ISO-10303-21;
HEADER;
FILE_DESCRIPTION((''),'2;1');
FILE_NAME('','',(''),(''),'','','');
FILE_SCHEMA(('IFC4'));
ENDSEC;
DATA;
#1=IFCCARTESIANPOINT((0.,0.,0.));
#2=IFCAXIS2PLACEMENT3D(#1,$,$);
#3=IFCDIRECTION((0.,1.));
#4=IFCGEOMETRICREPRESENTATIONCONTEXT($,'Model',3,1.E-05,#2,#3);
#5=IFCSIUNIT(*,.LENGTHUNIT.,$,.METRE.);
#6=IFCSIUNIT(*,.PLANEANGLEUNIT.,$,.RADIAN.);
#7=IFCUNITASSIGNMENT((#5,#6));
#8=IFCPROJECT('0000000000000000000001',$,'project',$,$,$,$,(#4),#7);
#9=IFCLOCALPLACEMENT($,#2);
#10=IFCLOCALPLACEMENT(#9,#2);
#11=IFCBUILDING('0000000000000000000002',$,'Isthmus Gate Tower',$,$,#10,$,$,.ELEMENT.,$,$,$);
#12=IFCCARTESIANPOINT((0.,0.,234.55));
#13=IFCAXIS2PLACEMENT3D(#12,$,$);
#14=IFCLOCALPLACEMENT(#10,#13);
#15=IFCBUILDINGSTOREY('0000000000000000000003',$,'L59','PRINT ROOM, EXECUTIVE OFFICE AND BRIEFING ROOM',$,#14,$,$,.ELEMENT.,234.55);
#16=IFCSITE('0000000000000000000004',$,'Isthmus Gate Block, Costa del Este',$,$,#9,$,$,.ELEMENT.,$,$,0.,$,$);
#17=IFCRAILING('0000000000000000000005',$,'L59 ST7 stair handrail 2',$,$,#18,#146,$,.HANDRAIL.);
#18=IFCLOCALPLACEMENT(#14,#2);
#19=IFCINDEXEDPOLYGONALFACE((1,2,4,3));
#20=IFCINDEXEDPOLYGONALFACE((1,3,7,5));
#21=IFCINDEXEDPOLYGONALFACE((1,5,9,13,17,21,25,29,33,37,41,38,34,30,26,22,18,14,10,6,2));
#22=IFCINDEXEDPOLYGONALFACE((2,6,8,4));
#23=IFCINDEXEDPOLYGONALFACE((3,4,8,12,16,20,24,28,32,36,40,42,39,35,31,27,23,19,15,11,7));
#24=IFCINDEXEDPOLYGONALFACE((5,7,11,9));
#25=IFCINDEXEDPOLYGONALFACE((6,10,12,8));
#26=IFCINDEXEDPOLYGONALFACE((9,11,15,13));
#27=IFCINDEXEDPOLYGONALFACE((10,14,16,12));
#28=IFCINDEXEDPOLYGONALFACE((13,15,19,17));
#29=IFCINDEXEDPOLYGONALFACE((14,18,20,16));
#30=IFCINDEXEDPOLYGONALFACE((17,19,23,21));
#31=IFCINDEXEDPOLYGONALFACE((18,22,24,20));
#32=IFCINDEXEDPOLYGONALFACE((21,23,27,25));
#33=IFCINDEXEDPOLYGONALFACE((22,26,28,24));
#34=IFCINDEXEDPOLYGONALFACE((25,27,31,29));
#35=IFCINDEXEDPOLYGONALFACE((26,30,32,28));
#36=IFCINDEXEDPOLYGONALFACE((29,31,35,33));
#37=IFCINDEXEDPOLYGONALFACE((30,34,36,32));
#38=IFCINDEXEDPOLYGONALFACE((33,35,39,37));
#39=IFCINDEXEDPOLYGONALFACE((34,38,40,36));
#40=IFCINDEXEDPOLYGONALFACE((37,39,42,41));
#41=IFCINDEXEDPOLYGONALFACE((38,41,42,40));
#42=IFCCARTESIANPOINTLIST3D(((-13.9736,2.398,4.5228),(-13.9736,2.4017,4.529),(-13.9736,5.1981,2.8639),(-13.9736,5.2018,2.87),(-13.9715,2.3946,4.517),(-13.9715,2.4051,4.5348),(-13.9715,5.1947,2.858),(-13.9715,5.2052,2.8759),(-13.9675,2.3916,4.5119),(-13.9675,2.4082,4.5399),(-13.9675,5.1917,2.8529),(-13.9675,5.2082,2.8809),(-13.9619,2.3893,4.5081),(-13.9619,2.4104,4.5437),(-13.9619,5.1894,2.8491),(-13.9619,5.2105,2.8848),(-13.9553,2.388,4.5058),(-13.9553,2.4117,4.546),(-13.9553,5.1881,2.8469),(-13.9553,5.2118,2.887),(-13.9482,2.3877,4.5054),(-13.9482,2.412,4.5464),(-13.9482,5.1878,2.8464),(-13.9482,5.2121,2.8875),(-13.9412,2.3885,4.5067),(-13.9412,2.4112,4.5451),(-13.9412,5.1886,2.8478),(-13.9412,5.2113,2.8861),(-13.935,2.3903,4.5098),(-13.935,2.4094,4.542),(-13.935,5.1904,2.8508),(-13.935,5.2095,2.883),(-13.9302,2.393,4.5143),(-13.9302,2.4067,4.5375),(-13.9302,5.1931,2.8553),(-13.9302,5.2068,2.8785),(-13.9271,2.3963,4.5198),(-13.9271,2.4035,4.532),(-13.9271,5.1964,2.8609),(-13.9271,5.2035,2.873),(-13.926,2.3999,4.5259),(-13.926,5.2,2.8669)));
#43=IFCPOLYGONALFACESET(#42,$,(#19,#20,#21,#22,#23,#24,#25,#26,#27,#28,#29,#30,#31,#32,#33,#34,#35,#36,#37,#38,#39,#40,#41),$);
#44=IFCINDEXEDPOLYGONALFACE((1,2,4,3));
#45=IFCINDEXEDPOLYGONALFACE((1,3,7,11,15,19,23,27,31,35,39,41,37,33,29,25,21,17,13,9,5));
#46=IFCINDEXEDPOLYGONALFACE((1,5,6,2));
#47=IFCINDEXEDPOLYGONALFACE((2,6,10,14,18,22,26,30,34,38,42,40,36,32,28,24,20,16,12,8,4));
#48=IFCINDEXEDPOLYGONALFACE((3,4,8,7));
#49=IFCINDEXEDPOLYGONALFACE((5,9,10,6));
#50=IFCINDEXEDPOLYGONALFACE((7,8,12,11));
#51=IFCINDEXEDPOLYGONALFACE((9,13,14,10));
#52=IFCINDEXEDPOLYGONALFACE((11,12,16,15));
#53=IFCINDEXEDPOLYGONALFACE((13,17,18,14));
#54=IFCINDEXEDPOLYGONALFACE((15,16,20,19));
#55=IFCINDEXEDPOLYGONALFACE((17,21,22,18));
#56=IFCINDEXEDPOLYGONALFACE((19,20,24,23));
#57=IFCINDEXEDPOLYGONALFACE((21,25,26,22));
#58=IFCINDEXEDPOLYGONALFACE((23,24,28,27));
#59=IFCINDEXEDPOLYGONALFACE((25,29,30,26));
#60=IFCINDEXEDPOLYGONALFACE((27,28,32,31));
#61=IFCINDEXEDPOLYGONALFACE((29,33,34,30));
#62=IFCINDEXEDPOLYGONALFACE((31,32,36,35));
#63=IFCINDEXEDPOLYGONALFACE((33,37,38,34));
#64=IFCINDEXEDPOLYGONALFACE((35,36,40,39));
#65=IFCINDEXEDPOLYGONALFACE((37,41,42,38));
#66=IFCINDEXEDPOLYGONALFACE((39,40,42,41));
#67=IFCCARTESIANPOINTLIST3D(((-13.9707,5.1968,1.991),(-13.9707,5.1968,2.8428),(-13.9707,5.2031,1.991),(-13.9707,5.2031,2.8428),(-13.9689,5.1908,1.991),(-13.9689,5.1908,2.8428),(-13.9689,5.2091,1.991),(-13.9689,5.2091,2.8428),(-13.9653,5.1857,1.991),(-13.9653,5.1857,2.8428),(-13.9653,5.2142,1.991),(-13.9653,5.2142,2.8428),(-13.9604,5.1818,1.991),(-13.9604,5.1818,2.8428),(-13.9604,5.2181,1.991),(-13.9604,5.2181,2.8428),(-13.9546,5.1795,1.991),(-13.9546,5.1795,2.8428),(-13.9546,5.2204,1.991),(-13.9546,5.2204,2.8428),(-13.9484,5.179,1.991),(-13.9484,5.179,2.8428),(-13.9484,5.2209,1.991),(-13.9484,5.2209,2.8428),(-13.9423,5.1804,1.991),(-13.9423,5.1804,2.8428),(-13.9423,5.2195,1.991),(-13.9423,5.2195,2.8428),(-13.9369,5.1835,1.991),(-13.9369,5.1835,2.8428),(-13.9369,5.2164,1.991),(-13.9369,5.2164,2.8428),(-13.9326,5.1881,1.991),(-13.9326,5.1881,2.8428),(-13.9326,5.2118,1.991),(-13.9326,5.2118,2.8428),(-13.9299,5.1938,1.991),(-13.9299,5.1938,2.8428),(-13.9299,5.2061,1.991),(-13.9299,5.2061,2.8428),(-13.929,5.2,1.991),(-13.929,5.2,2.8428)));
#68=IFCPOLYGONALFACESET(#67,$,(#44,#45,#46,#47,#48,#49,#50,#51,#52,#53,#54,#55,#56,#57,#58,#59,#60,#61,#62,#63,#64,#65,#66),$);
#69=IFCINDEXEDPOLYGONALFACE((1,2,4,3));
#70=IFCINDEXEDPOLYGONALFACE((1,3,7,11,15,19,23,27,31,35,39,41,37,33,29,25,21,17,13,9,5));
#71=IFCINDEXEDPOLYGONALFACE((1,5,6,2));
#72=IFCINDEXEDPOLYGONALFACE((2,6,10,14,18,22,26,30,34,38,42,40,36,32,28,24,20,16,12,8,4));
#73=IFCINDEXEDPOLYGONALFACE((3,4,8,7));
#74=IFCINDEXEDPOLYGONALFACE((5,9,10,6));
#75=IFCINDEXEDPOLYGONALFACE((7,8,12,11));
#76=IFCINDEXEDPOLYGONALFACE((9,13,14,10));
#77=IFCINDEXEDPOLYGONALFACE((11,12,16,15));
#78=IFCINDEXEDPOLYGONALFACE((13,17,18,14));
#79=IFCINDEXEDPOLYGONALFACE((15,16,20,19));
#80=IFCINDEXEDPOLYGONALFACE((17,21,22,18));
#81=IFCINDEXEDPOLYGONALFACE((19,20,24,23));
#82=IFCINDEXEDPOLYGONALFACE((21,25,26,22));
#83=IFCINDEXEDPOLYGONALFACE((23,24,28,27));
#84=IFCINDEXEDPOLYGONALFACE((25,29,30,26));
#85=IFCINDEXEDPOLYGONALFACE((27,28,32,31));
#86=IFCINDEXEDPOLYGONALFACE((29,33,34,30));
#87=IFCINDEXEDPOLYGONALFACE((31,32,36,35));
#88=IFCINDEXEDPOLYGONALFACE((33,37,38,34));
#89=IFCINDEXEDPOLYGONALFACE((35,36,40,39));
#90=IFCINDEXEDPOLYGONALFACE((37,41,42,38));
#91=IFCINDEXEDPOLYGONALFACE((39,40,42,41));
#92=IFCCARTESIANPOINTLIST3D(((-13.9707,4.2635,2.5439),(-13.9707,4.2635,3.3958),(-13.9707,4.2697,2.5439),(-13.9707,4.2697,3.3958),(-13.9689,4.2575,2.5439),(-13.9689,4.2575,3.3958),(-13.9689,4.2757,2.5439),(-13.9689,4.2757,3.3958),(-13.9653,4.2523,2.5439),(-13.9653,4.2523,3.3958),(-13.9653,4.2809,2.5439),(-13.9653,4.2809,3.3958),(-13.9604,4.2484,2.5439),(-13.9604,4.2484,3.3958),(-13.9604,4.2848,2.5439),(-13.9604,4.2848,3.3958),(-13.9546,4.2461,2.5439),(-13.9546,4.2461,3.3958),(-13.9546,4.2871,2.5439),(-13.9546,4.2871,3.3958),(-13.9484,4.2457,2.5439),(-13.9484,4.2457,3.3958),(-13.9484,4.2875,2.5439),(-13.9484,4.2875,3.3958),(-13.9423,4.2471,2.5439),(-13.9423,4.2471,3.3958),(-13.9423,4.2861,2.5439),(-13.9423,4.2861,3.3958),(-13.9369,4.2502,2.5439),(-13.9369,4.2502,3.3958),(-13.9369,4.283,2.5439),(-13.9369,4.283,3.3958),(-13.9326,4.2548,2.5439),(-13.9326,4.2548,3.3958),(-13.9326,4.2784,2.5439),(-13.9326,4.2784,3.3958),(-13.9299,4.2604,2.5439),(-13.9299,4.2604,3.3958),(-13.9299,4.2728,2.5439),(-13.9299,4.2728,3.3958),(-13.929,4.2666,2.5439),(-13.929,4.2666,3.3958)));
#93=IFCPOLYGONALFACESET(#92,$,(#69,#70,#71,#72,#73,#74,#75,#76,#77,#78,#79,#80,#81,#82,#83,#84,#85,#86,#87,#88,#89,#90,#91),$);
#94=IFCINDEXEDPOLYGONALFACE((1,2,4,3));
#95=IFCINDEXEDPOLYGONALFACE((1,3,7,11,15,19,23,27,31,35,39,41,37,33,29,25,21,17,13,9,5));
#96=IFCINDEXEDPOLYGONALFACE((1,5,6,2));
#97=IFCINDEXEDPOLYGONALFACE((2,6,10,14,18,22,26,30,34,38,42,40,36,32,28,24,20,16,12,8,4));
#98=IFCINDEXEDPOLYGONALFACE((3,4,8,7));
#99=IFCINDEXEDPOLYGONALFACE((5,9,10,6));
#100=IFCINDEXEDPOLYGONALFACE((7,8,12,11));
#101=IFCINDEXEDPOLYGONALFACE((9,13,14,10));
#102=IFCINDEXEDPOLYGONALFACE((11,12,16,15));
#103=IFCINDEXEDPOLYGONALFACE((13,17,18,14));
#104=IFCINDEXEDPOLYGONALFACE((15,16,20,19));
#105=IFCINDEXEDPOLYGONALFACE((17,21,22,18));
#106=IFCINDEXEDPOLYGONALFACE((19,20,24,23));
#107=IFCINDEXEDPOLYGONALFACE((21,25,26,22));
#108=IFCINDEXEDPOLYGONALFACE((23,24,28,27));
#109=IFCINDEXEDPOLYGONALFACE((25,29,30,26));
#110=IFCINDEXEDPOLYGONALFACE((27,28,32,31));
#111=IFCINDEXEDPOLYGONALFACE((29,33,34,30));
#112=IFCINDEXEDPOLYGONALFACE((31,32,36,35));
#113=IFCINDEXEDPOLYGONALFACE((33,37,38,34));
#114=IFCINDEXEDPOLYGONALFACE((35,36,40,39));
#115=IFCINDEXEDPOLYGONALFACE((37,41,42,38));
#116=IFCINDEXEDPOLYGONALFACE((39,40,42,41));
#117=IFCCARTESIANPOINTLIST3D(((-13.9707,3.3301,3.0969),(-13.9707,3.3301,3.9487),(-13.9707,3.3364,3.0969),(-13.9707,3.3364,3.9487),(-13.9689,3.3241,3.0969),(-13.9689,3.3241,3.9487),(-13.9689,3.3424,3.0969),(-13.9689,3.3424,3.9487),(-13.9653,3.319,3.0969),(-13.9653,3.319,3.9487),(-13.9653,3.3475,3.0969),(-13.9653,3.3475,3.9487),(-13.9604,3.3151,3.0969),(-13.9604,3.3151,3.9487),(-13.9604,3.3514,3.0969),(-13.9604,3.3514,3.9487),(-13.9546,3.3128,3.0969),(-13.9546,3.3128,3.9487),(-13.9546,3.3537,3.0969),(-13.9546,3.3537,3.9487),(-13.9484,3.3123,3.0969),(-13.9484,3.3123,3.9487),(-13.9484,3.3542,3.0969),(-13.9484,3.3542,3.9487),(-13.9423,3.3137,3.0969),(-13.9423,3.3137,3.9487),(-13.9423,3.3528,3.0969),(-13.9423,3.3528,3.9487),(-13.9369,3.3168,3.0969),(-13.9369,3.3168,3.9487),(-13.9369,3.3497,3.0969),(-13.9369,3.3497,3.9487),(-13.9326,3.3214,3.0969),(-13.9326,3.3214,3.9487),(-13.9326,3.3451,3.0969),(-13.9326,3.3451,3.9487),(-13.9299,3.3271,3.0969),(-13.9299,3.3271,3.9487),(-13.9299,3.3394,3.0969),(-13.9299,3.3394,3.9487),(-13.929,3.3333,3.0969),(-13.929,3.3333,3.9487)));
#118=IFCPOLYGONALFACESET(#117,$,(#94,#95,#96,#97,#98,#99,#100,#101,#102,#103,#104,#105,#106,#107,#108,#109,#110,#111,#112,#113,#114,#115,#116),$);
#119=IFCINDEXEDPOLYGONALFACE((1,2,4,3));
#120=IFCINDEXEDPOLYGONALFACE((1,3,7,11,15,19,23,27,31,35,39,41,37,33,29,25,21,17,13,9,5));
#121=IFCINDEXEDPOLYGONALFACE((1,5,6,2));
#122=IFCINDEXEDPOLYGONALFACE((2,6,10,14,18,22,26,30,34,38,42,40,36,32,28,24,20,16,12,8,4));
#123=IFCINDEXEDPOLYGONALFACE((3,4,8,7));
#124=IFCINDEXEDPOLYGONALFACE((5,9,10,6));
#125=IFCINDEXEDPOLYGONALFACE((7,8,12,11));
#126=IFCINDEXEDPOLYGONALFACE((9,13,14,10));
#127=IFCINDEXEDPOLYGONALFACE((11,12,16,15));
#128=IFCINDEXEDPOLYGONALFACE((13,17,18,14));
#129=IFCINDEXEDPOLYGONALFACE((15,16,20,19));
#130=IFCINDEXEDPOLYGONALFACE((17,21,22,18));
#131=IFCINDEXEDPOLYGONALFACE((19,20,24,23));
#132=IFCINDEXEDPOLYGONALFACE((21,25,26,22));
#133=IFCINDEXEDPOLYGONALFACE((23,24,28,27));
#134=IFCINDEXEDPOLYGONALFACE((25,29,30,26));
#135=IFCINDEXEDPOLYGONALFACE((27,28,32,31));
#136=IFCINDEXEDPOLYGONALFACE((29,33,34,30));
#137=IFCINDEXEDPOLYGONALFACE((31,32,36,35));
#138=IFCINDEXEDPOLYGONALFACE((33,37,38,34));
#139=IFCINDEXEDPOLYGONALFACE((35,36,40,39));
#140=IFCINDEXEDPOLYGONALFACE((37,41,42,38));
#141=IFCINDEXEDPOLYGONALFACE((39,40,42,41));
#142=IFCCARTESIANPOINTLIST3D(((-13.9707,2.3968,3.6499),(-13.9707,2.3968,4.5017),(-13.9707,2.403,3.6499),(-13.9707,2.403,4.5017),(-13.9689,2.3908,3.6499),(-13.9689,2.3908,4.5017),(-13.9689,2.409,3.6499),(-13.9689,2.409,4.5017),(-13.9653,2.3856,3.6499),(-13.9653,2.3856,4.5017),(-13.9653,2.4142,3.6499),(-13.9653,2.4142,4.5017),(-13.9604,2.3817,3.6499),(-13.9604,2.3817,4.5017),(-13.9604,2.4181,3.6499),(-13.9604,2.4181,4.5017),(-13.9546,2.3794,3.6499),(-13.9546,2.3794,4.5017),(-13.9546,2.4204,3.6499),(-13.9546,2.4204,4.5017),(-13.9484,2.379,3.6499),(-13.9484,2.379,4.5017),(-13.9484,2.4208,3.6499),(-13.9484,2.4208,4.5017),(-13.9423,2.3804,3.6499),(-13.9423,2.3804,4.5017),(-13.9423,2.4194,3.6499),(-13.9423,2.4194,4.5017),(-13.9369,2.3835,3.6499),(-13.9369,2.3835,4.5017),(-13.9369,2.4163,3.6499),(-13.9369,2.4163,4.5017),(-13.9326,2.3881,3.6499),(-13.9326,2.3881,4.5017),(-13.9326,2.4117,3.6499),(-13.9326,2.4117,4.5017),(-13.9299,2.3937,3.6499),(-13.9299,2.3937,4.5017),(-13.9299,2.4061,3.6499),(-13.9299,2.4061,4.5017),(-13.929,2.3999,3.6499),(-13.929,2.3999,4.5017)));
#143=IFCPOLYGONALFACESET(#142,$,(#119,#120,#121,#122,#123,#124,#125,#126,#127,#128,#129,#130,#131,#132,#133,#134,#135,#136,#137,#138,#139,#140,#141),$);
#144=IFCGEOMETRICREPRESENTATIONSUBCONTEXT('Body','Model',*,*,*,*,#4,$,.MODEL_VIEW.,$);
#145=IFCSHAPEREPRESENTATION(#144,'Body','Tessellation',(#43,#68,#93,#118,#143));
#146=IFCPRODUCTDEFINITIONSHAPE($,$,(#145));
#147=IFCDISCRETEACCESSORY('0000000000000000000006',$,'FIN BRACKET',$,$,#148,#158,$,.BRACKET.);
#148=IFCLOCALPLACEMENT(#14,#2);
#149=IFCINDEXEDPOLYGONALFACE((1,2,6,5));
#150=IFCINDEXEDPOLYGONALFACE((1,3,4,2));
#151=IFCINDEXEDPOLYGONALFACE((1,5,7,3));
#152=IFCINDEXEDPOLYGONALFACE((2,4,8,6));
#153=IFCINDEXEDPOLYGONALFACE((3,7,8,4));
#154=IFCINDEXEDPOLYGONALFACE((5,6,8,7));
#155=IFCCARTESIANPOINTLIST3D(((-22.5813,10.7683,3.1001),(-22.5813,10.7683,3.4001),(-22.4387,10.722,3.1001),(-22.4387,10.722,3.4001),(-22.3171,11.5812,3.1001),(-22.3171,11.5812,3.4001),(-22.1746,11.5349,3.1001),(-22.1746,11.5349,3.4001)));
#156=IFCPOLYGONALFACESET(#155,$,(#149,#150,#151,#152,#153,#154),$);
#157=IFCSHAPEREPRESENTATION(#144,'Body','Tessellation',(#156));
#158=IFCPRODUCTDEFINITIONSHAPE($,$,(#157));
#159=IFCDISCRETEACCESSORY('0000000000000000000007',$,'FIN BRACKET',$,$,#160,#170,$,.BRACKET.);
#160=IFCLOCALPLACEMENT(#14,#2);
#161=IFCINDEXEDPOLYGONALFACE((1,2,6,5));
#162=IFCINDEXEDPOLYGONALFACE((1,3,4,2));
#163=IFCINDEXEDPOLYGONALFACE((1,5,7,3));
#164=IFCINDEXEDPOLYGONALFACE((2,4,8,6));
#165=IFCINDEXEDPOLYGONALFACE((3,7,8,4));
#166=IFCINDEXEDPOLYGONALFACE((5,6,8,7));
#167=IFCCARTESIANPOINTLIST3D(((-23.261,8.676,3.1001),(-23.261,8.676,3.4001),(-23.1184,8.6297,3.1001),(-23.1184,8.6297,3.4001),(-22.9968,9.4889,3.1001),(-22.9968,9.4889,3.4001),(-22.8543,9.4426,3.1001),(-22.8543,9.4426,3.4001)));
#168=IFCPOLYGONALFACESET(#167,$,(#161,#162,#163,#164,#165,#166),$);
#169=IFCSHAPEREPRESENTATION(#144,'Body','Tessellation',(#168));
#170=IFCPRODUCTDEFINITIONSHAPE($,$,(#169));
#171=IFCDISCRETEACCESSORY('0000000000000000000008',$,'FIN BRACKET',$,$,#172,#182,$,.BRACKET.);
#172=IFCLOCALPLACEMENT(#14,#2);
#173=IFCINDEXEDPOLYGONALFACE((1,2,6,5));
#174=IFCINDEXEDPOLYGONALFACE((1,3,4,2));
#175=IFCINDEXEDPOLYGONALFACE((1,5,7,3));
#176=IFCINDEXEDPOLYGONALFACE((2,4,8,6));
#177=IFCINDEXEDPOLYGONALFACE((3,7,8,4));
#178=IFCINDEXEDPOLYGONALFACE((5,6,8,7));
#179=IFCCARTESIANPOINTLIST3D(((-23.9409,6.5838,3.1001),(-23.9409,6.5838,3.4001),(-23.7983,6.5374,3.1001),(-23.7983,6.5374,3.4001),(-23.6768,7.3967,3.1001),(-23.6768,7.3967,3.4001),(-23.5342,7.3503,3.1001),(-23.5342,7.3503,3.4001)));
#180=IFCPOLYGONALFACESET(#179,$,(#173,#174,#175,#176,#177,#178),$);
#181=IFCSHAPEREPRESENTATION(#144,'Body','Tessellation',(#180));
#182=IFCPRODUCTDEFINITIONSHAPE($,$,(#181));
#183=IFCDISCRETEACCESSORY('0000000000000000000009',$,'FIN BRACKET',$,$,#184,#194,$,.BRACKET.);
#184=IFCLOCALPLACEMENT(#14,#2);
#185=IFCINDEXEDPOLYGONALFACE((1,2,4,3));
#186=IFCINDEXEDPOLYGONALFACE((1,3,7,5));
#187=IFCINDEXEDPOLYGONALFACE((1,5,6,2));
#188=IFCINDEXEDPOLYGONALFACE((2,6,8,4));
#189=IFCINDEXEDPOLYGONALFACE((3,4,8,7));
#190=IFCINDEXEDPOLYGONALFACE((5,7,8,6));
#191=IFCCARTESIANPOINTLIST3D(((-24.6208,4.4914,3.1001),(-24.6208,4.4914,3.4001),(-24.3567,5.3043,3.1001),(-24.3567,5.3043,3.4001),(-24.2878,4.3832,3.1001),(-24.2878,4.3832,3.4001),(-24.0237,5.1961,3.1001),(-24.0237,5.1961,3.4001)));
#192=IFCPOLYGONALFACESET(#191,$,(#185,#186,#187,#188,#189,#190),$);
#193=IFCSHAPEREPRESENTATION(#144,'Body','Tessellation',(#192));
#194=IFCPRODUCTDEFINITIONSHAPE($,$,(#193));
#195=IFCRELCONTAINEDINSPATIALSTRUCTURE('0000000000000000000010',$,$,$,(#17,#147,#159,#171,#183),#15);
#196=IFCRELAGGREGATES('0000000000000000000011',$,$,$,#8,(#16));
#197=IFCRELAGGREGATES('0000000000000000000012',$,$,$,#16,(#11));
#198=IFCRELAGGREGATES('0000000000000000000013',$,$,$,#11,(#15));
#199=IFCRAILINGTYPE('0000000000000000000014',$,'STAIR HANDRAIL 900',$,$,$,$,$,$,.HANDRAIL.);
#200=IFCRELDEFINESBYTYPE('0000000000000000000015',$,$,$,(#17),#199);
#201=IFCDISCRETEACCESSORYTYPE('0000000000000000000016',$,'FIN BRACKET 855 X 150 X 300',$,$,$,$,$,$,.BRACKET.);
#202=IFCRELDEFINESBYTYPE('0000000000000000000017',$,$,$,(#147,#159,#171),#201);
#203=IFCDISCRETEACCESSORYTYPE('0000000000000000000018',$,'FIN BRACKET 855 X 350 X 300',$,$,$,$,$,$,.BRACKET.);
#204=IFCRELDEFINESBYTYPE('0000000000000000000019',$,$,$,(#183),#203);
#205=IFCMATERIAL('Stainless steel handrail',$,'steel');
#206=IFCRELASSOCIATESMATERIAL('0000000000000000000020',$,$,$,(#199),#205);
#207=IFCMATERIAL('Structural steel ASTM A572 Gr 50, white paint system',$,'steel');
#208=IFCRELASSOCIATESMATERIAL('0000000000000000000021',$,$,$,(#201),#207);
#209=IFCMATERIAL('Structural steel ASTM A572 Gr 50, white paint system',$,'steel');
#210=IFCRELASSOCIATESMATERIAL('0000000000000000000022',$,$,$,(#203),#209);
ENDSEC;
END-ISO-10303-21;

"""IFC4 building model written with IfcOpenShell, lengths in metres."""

from ifc_helpers import new_model, si_unit, direction, frame, origin, origin_2d, place, context, subcontext, project, spatial, rectangle, circle, extrude, material, type_object, element, save


model = new_model("IFC4")

# Units and contexts
model_context = context("Model", 3, precision=1e-05, world=origin(), true_north=direction((0.0, 1.0)))
body_context = subcontext(model_context, "Body", "Model", "MODEL_VIEW")
ifc_project = project(units=[si_unit("LENGTHUNIT", "METRE"), si_unit("PLANEANGLEUNIT", "RADIAN")], contexts=[model_context])

# Site, building, storey
site_placement = place(None, origin())
site = spatial("IfcSite", under=ifc_project, at=site_placement, Name="Isthmus Gate Block, Costa del Este", CompositionType="ELEMENT", RefElevation=0.0)
building_placement = place(site_placement, origin())
building = spatial("IfcBuilding", under=site, at=building_placement, Name="Isthmus Gate Tower", CompositionType="ELEMENT")
storey_placement = place(building_placement, frame((0.0, 0.0, 234.55)))
storey = spatial("IfcBuildingStorey", under=building, at=storey_placement, Name="L59", Description="PRINT ROOM, EXECUTIVE OFFICE AND BRIEFING ROOM", CompositionType="ELEMENT", Elevation=234.55)

# Railing
ifc_material_1 = material(Name="Stainless steel handrail", Category="steel")
railing_type_1 = type_object("IfcRailingType", Name="STAIR HANDRAIL 900", PredefinedType="HANDRAIL", material=ifc_material_1)
railing_1_placement = place(storey_placement, frame((-13.95, 5.2, 1.991)))
element("IfcRailing", 1, at=railing_1_placement, inside=storey, type_object=railing_type_1, Name="L59 ST7 stair handrail 2", PredefinedType="HANDRAIL", context=body_context, shape_type="SweptSolid", body=[
    extrude(circle(Radius=0.0239, at=origin_2d()), frame((0.0, 0.0, 0.876), z_axis=(0.0, -0.860339, 0.509722), x_axis=(1.0, 0.0, 0.0)), (0.0, 0.0, 1.0), 3.2546),
    extrude(circle(Radius=0.021, at=origin_2d()), origin(), (0.0, 0.0, 1.0), 0.8518),
    extrude(circle(Radius=0.021, at=origin_2d()), frame((0.0, -0.9333, 0.553)), (0.0, 0.0, 1.0), 0.8518),
    extrude(circle(Radius=0.021, at=origin_2d()), frame((0.0, -1.8667, 1.106)), (0.0, 0.0, 1.0), 0.8518),
    extrude(circle(Radius=0.021, at=origin_2d()), frame((0.0, -2.8, 1.6589)), (0.0, 0.0, 1.0), 0.8518),
])

# Discrete accessories
ifc_material_2 = material(Name="Structural steel ASTM A572 Gr 50, white paint system", Category="steel")
discrete_accessory_type_1 = type_object("IfcDiscreteAccessoryType", Name="FIN BRACKET 855 X 150 X 300", PredefinedType="BRACKET", material=ifc_material_2)
for number, where, z_axis, x_axis, name in (
    (2, (-22.3779, 11.1516, 3.1001), (0.0, 0.0, 1.0), (-0.951057, 0.309017, 0.0), "FIN BRACKET"),
    (3, (-23.0576, 9.0593, 3.1001), (0.0, 0.0, 1.0), (-0.951057, 0.309017, 0.0), "FIN BRACKET"),
    (4, (-23.7375, 6.967, 3.1001), (0.0, 0.0, 1.0), (-0.951057, 0.309017, 0.0), "FIN BRACKET"),
):
    element("IfcDiscreteAccessory", number, at=place(storey_placement, frame(where, z_axis=z_axis, x_axis=x_axis)), inside=storey, type_object=discrete_accessory_type_1, Name=name, PredefinedType="BRACKET", context=body_context, shape_type="SweptSolid", body=[
        extrude(rectangle(XDim=0.1499, YDim=0.8547, at=origin_2d()), origin(), (0.0, 0.0, 1.0), 0.3),
    ])
ifc_material_3 = material(Name="Structural steel ASTM A572 Gr 50, white paint system", Category="steel")
discrete_accessory_type_2 = type_object("IfcDiscreteAccessoryType", Name="FIN BRACKET 855 X 350 X 300", PredefinedType="BRACKET", material=ifc_material_3)
discrete_accessory_placement = place(storey_placement, frame((-24.3223, 4.8438, 3.1001), z_axis=(0.0, 0.0, 1.0), x_axis=(-0.951057, 0.309017, 0.0)))
element("IfcDiscreteAccessory", 5, at=discrete_accessory_placement, inside=storey, type_object=discrete_accessory_type_2, Name="FIN BRACKET", PredefinedType="BRACKET", context=body_context, shape_type="SweptSolid", body=[
    extrude(rectangle(XDim=0.3501, YDim=0.8547, at=origin_2d()), origin(), (0.0, 0.0, 1.0), 0.3),
])

save(model, "model.ifc")
